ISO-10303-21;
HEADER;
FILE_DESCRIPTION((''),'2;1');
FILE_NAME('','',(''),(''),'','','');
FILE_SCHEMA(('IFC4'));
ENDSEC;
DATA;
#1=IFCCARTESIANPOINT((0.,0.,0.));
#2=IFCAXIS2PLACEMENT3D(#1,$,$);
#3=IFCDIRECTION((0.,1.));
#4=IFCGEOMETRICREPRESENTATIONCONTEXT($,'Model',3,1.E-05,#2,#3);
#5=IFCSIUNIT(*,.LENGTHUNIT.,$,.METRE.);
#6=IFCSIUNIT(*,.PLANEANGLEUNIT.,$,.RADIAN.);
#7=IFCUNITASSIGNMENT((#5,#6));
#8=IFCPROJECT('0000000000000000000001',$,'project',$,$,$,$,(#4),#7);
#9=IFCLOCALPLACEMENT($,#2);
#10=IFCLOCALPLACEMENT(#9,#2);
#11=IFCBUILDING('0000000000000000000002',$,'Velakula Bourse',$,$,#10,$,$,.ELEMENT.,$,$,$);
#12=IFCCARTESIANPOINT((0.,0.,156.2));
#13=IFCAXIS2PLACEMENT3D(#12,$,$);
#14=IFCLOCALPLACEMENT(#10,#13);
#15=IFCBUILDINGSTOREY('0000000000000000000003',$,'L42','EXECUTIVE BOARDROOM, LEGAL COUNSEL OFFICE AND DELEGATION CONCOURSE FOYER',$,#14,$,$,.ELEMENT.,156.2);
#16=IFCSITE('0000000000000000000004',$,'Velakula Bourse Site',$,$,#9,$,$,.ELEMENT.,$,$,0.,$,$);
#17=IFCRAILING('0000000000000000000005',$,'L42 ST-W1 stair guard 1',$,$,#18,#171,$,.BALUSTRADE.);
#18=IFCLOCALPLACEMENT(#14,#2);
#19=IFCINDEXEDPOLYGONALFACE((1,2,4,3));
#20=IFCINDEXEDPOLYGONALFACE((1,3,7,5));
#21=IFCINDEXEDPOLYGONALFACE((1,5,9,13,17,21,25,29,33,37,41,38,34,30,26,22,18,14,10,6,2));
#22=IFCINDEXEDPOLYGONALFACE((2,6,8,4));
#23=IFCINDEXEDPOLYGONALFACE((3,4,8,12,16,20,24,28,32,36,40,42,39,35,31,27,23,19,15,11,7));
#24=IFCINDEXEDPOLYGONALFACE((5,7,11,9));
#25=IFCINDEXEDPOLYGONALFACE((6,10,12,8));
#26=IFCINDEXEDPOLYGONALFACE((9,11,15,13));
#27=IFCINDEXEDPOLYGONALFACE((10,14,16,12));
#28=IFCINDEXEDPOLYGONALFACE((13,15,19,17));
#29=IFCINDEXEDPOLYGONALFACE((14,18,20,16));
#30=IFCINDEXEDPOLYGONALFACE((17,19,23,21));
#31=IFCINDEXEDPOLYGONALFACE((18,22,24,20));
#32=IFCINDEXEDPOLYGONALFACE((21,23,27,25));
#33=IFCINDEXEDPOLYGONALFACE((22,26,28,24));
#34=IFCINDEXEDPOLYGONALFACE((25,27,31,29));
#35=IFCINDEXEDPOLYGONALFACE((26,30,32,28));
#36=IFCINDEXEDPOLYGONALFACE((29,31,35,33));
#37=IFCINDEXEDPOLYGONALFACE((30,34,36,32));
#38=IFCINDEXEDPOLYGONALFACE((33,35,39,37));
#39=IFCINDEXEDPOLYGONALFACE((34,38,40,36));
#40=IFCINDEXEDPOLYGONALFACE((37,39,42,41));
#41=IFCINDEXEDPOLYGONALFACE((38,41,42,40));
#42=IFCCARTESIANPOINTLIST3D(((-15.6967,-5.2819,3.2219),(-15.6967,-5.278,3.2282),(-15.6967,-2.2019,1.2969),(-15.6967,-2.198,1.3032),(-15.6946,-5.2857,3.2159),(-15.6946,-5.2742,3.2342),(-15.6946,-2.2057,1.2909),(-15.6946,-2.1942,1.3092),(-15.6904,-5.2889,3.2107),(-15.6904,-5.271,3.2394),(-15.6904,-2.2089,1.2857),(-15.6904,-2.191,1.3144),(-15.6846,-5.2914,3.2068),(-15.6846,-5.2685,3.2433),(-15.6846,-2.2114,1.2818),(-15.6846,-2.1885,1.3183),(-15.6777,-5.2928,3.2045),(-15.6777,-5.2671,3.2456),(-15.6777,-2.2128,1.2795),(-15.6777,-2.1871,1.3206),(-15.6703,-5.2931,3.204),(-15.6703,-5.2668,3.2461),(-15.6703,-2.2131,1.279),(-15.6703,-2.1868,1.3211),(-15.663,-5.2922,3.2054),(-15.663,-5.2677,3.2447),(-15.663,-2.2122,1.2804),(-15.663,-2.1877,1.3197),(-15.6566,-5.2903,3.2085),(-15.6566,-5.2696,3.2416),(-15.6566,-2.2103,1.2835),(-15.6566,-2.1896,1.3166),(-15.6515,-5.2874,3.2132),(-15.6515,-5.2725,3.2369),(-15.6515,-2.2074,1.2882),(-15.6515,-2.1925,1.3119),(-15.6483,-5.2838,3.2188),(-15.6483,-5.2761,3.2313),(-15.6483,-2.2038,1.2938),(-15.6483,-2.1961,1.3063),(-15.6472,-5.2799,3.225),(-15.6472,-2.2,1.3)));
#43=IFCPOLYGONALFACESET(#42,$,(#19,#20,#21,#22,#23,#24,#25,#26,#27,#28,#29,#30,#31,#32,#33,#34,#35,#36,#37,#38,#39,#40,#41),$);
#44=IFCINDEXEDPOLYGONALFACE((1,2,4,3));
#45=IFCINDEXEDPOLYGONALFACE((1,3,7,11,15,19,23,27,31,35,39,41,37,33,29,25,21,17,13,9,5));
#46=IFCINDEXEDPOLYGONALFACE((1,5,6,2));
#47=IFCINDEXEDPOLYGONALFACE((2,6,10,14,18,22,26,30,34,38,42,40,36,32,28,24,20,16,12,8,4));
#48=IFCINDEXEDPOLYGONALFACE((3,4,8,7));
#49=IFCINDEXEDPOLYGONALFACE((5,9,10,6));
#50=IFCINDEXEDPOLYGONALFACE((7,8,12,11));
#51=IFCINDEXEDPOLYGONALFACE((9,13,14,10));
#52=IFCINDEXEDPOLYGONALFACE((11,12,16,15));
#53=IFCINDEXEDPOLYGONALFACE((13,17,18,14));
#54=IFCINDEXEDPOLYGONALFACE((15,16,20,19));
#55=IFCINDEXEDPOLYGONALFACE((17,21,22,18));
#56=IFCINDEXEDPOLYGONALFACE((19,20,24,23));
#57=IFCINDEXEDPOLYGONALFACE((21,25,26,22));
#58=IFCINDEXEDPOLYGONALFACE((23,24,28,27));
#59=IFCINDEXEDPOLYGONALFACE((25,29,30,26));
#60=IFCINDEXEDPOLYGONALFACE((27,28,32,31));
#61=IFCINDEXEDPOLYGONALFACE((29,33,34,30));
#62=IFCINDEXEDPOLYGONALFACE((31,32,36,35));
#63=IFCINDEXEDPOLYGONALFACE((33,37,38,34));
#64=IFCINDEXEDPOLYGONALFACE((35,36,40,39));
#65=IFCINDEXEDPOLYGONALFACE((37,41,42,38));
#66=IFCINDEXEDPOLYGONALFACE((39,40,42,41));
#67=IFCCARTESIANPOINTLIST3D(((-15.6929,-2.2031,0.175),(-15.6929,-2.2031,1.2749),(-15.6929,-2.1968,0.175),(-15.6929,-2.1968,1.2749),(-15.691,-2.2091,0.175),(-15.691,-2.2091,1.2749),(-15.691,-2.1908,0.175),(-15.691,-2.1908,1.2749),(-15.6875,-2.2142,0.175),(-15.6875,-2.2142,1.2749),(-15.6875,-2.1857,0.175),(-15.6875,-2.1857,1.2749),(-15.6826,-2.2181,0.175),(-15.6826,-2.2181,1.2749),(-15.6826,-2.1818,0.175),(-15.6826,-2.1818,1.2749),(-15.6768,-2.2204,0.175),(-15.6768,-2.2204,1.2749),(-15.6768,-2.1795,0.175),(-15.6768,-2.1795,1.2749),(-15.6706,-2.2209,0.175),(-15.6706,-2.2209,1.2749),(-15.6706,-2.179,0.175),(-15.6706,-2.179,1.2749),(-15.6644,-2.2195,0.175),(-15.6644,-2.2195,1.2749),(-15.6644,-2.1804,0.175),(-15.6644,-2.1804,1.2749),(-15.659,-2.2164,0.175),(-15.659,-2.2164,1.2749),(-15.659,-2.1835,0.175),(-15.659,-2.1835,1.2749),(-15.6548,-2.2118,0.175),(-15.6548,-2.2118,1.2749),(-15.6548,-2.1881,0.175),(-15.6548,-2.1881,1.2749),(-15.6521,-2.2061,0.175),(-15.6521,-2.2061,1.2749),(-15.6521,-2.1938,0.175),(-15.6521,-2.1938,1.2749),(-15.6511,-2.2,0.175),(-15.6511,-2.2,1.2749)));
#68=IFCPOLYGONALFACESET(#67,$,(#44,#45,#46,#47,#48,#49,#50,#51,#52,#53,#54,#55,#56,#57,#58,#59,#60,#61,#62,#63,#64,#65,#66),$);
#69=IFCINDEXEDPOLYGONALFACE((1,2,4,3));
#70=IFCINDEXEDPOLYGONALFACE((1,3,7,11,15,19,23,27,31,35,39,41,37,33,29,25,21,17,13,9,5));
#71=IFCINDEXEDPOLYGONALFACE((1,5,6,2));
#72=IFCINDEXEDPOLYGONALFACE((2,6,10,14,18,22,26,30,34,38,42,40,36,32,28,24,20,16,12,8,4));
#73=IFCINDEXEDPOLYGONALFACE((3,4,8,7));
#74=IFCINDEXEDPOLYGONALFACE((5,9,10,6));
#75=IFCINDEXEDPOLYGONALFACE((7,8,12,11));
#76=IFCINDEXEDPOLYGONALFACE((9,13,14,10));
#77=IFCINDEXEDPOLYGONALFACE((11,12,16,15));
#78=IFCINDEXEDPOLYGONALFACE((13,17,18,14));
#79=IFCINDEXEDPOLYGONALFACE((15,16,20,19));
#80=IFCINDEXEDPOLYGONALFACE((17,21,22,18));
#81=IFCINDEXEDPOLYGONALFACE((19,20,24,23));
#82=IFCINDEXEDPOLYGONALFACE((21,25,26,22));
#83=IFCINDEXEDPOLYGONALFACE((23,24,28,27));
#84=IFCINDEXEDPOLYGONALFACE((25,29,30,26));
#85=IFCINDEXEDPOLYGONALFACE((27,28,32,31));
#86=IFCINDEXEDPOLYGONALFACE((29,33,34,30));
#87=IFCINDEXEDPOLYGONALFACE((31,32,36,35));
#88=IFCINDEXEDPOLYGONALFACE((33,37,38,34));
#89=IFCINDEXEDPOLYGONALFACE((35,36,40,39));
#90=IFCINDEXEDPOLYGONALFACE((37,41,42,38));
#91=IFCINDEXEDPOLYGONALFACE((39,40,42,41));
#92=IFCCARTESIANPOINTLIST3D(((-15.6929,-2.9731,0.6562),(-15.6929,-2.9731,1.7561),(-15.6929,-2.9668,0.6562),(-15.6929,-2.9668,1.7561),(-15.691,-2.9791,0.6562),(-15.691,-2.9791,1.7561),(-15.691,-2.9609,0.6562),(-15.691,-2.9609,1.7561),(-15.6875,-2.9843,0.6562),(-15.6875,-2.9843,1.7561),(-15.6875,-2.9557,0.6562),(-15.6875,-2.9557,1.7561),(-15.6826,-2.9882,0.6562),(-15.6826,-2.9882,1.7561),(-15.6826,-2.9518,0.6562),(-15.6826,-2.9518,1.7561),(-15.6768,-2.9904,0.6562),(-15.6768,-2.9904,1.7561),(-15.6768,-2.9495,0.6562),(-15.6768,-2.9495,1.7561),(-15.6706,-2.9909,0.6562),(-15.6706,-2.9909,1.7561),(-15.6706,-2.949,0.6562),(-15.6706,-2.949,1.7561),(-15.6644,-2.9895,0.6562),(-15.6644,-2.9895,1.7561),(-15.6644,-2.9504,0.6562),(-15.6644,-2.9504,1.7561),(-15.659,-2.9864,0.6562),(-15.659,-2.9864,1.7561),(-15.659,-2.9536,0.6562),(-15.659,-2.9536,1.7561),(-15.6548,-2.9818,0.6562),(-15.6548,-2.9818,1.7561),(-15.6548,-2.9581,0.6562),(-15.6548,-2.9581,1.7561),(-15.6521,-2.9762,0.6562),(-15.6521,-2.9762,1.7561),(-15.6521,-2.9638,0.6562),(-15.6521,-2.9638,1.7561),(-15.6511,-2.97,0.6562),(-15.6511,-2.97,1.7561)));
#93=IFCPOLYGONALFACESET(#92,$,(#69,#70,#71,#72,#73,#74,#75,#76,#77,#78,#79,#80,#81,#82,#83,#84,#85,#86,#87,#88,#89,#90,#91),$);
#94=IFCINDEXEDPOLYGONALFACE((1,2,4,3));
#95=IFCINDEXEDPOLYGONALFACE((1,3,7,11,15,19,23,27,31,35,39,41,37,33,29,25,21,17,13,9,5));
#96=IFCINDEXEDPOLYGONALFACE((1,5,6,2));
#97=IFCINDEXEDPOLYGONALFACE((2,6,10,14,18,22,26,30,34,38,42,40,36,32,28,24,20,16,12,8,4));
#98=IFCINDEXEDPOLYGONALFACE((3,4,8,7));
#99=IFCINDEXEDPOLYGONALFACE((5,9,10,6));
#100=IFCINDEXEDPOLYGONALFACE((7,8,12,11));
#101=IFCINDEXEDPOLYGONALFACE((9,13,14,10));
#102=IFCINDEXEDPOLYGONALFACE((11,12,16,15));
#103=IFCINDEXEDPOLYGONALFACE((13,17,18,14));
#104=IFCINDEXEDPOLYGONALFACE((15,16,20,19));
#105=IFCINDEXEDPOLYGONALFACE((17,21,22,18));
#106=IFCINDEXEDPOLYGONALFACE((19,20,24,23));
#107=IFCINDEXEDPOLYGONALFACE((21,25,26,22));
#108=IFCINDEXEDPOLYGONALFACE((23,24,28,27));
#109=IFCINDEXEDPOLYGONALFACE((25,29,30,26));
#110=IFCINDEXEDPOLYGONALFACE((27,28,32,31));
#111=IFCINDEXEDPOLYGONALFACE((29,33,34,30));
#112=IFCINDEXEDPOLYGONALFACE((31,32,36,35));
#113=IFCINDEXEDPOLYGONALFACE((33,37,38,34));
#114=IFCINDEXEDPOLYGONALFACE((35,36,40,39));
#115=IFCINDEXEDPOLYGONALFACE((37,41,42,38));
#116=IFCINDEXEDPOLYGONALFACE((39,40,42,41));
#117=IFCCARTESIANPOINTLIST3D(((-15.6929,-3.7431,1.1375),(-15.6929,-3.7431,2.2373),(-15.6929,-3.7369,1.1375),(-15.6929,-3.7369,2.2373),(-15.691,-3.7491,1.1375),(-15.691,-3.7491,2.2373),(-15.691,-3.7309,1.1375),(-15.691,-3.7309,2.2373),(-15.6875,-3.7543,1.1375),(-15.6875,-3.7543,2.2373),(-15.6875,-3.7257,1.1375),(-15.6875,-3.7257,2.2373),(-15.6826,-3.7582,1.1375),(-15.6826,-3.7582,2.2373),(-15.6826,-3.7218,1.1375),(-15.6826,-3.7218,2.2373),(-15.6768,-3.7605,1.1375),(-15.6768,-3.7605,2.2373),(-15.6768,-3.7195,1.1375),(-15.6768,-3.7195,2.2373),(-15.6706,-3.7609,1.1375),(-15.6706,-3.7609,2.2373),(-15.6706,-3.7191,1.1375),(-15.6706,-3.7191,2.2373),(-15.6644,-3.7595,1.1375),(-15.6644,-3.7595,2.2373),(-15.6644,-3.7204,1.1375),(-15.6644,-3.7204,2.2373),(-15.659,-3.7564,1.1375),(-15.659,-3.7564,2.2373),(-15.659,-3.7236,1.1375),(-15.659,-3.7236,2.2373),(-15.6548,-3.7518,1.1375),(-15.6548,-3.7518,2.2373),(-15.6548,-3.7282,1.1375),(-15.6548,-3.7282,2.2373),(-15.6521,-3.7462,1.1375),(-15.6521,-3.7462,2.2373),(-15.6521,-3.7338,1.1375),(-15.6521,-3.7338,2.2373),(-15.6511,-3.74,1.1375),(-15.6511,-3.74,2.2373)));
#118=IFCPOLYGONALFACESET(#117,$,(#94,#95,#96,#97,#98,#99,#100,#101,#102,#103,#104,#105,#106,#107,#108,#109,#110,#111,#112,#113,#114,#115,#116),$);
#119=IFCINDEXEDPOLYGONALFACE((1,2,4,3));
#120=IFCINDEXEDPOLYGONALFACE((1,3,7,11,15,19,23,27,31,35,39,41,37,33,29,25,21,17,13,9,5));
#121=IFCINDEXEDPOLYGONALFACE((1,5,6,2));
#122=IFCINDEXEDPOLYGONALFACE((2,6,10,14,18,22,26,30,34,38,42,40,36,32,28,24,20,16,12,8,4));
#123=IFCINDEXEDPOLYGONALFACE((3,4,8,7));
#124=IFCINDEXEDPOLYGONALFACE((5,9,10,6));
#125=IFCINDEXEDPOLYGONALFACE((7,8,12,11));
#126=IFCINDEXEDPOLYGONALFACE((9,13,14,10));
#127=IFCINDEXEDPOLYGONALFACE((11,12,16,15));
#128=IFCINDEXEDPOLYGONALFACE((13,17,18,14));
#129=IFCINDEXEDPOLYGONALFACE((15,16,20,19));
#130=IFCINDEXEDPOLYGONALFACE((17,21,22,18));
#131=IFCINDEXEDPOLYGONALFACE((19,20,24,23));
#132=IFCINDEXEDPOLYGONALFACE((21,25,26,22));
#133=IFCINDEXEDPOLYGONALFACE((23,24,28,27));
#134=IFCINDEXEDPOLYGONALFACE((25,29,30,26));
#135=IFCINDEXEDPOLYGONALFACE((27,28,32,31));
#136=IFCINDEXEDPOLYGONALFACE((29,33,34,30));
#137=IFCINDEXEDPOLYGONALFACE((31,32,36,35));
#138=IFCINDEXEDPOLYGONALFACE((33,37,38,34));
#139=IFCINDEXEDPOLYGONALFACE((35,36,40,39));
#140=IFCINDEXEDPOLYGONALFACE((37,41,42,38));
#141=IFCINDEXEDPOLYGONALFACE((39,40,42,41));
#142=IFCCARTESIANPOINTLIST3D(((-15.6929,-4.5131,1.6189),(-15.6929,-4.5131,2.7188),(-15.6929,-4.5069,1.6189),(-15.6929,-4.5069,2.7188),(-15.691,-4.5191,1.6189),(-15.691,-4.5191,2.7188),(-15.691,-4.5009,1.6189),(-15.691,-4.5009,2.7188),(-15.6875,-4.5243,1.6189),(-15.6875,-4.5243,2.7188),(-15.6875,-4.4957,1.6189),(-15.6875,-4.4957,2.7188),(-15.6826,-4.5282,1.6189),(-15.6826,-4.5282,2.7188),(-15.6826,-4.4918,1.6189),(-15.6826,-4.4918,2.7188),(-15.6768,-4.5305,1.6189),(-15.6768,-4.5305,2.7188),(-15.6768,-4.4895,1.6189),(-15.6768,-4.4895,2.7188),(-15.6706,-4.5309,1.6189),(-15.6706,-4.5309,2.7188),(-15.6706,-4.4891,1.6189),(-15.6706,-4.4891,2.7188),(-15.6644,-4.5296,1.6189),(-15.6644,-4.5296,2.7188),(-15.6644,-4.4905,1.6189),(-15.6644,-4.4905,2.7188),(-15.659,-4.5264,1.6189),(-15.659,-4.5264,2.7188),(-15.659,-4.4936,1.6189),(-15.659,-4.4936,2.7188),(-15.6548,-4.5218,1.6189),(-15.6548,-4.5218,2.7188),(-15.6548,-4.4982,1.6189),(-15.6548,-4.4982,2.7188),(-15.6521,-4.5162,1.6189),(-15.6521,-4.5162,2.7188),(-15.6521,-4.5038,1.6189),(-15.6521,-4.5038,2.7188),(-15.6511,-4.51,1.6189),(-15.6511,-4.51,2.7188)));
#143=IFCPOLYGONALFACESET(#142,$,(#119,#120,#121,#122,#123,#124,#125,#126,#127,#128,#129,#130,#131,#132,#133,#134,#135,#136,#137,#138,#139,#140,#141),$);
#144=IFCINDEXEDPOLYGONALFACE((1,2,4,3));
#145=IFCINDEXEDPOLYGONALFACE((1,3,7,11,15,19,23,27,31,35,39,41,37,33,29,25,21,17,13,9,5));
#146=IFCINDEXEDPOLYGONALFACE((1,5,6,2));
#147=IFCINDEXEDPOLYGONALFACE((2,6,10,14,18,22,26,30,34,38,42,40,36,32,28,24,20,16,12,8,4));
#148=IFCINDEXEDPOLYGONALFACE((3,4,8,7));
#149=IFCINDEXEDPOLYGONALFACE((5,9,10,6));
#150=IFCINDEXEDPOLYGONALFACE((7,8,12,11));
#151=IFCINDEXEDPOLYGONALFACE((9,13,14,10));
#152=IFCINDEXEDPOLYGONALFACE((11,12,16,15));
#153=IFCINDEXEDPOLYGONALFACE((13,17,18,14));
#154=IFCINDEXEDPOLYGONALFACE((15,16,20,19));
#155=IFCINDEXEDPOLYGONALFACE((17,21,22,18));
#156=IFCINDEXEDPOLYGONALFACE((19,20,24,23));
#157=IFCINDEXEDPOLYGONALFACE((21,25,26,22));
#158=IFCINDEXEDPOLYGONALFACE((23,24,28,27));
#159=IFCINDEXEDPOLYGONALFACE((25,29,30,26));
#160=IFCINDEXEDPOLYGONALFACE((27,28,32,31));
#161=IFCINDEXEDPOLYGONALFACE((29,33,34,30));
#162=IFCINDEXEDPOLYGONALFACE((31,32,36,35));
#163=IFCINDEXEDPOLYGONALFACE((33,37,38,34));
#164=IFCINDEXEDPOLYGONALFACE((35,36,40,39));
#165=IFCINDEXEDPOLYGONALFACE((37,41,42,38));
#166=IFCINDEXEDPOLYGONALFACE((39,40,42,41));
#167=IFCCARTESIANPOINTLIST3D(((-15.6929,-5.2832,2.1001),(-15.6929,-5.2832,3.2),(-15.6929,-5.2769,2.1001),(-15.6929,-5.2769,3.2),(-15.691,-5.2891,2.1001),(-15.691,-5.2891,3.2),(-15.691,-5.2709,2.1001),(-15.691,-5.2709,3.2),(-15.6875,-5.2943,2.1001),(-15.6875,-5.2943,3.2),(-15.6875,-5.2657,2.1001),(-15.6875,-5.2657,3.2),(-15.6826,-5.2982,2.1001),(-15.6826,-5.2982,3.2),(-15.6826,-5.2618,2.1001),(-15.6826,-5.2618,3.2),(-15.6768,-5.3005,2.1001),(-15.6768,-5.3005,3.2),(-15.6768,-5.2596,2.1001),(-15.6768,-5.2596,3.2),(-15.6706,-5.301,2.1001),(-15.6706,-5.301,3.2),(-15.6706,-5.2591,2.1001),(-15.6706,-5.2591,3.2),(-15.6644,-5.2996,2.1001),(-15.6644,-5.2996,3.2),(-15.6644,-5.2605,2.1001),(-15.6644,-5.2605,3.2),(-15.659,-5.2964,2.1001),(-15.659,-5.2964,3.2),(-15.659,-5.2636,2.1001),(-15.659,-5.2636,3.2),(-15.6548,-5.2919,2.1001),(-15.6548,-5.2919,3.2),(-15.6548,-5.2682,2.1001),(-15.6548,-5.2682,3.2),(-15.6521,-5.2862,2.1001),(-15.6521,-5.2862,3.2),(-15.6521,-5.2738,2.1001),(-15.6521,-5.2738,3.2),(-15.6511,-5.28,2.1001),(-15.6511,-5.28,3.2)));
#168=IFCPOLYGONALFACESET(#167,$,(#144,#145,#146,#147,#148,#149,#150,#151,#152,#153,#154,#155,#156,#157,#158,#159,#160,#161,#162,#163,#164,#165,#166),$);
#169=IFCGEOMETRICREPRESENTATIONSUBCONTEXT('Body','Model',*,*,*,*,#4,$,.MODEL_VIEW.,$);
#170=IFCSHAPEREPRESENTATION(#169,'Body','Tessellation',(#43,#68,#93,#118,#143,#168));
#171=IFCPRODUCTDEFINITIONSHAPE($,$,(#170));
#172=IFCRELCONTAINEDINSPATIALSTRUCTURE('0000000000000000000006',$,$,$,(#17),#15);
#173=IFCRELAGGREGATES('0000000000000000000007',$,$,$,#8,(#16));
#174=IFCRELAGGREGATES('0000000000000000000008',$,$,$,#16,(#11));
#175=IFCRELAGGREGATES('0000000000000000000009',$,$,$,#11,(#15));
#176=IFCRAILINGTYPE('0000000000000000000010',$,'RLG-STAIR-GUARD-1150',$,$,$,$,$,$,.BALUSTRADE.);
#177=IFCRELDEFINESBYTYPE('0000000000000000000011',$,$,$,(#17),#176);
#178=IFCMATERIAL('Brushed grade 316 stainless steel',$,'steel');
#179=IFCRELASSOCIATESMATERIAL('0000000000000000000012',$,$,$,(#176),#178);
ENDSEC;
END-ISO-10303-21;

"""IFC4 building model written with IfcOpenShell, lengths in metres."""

from ifc_helpers import new_model, si_unit, direction, frame, origin, origin_2d, place, context, subcontext, project, spatial, circle, extrude, material, type_object, element, save


model = new_model("IFC4")

# Units and contexts
model_context = context("Model", 3, precision=1e-05, world=origin(), true_north=direction((0.0, 1.0)))
body_context = subcontext(model_context, "Body", "Model", "MODEL_VIEW")
ifc_project = project(units=[si_unit("LENGTHUNIT", "METRE"), si_unit("PLANEANGLEUNIT", "RADIAN")], contexts=[model_context])

# Site, building, storey
site_placement = place(None, origin())
site = spatial("IfcSite", under=ifc_project, at=site_placement, Name="Velakula Bourse Site", CompositionType="ELEMENT", RefElevation=0.0)
building_placement = place(site_placement, origin())
building = spatial("IfcBuilding", under=site, at=building_placement, Name="Velakula Bourse", CompositionType="ELEMENT")
storey_placement = place(building_placement, frame((0.0, 0.0, 156.2)))
storey = spatial("IfcBuildingStorey", under=building, at=storey_placement, Name="L42", Description="EXECUTIVE BOARDROOM, LEGAL COUNSEL OFFICE AND DELEGATION CONCOURSE FOYER", CompositionType="ELEMENT", Elevation=156.2)

# Shared definitions
ifc_material_1 = material(Name="Brushed grade 316 stainless steel", Category="steel")

# Railing
railing_type_1 = type_object("IfcRailingType", Name="RLG-STAIR-GUARD-1150", PredefinedType="BALUSTRADE", material=ifc_material_1)
railing_1_placement = place(storey_placement, frame((-15.6721, -2.2, 0.175)))
element("IfcRailing", 1, at=railing_1_placement, inside=storey, type_object=railing_type_1, Name="L42 ST-W1 stair guard 1", PredefinedType="BALUSTRADE", context=body_context, shape_type="SweptSolid", body=[
    extrude(circle(Radius=0.0249, at=origin_2d()), frame((0.0, 0.0, 1.125), z_axis=(0.0, -0.847998, 0.529999), x_axis=(1.0, 0.0, 0.0)), (0.0, 0.0, 1.0), 3.6321),
    extrude(circle(Radius=0.021, at=origin_2d()), origin(), (0.0, 0.0, 1.0), 1.0999),
    extrude(circle(Radius=0.021, at=origin_2d()), frame((0.0, -0.77, 0.4812)), (0.0, 0.0, 1.0), 1.0999),
    extrude(circle(Radius=0.021, at=origin_2d()), frame((0.0, -1.54, 0.9624)), (0.0, 0.0, 1.0), 1.0999),
    extrude(circle(Radius=0.021, at=origin_2d()), frame((0.0, -2.3101, 1.4438)), (0.0, 0.0, 1.0), 1.0999),
    extrude(circle(Radius=0.021, at=origin_2d()), frame((0.0, -3.0801, 1.925)), (0.0, 0.0, 1.0), 1.0999),
])

save(model, "model.ifc")
